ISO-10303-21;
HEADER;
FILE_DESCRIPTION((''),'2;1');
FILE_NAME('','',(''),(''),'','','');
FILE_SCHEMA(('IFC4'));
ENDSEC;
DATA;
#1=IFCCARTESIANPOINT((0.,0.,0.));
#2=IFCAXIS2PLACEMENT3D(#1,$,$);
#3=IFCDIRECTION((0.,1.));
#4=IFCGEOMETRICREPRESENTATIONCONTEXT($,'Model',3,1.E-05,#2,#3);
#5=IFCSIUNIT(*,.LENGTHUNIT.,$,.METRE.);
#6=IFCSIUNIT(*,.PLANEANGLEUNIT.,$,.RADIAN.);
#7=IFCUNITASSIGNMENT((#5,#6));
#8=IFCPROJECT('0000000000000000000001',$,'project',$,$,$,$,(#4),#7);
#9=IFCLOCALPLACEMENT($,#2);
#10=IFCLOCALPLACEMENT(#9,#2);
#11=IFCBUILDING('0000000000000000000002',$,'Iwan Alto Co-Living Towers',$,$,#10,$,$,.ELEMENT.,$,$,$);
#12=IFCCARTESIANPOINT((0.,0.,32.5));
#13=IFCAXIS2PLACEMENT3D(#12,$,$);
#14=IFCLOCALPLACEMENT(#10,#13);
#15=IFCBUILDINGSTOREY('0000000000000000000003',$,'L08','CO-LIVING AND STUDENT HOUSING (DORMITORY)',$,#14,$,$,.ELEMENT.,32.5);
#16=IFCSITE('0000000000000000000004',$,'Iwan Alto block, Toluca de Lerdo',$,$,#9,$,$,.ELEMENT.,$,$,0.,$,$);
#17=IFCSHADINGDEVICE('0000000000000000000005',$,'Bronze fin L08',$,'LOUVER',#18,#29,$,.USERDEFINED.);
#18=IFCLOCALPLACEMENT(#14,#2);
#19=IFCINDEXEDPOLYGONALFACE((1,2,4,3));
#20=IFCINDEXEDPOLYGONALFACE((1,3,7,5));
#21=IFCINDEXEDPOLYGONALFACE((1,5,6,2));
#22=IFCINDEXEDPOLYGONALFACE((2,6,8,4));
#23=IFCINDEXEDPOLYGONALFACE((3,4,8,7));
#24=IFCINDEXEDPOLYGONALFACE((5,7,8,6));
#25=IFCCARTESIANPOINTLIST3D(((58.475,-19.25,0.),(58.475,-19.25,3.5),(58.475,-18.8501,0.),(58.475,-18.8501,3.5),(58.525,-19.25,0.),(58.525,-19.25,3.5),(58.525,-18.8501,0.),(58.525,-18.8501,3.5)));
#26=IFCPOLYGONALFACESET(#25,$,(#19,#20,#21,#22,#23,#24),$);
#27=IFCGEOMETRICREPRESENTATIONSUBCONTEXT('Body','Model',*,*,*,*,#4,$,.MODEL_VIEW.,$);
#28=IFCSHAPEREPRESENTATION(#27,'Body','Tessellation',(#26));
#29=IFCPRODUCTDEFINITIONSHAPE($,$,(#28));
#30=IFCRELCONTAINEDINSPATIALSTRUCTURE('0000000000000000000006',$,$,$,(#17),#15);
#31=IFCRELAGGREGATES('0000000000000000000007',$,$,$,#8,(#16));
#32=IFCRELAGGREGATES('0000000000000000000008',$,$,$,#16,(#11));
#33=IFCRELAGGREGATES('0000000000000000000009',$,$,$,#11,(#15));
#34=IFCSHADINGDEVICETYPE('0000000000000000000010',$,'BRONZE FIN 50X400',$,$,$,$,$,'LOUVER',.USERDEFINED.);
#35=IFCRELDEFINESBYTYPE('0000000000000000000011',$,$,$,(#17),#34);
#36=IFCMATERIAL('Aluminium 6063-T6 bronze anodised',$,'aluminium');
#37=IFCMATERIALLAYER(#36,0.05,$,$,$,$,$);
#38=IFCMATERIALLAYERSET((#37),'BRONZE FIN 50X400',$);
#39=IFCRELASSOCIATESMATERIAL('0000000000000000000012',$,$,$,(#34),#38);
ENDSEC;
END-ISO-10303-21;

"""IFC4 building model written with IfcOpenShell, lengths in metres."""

from ifc_helpers import new_model, si_unit, direction, frame, origin, origin_2d, place, context, subcontext, project, spatial, rectangle, extrude, material, layer, layer_set, type_object, element, save


model = new_model("IFC4")

# Units and contexts
model_context = context("Model", 3, precision=1e-05, world=origin(), true_north=direction((0.0, 1.0)))
body_context = subcontext(model_context, "Body", "Model", "MODEL_VIEW")
ifc_project = project(units=[si_unit("LENGTHUNIT", "METRE"), si_unit("PLANEANGLEUNIT", "RADIAN")], contexts=[model_context])

# Site, building, storey
site_placement = place(None, origin())
site = spatial("IfcSite", under=ifc_project, at=site_placement, Name="Iwan Alto block, Toluca de Lerdo", CompositionType="ELEMENT", RefElevation=0.0)
building_placement = place(site_placement, origin())
building = spatial("IfcBuilding", under=site, at=building_placement, Name="Iwan Alto Co-Living Towers", CompositionType="ELEMENT")
storey_placement = place(building_placement, frame((0.0, 0.0, 32.5)))
storey = spatial("IfcBuildingStorey", under=building, at=storey_placement, Name="L08", Description="CO-LIVING AND STUDENT HOUSING (DORMITORY)", CompositionType="ELEMENT", Elevation=32.5)

# Shading device
ifc_material_1 = material(Name="Aluminium 6063-T6 bronze anodised", Category="aluminium")
ifc_layer_1 = layer(ifc_material_1, 0.05)
ifc_layer_set_1 = layer_set([ifc_layer_1], Name="BRONZE FIN 50X400")
shading_device_type = type_object("IfcShadingDeviceType", Name="BRONZE FIN 50X400", ElementType="LOUVER", PredefinedType="USERDEFINED", material=ifc_layer_set_1)
shading_device_placement = place(storey_placement, frame((58.5, -19.05, 0.0), z_axis=(0.0, 0.0, 1.0), x_axis=(1.0, 0.0, 0.0)))
element("IfcShadingDevice", 1, at=shading_device_placement, inside=storey, type_object=shading_device_type, Name="Bronze fin L08", ObjectType="LOUVER", PredefinedType="USERDEFINED", context=body_context, shape_type="SweptSolid", body=[
    extrude(rectangle(XDim=0.05, YDim=0.3999, at=origin_2d()), origin(), (0.0, 0.0, 1.0), 3.5),
])

save(model, "model.ifc")
